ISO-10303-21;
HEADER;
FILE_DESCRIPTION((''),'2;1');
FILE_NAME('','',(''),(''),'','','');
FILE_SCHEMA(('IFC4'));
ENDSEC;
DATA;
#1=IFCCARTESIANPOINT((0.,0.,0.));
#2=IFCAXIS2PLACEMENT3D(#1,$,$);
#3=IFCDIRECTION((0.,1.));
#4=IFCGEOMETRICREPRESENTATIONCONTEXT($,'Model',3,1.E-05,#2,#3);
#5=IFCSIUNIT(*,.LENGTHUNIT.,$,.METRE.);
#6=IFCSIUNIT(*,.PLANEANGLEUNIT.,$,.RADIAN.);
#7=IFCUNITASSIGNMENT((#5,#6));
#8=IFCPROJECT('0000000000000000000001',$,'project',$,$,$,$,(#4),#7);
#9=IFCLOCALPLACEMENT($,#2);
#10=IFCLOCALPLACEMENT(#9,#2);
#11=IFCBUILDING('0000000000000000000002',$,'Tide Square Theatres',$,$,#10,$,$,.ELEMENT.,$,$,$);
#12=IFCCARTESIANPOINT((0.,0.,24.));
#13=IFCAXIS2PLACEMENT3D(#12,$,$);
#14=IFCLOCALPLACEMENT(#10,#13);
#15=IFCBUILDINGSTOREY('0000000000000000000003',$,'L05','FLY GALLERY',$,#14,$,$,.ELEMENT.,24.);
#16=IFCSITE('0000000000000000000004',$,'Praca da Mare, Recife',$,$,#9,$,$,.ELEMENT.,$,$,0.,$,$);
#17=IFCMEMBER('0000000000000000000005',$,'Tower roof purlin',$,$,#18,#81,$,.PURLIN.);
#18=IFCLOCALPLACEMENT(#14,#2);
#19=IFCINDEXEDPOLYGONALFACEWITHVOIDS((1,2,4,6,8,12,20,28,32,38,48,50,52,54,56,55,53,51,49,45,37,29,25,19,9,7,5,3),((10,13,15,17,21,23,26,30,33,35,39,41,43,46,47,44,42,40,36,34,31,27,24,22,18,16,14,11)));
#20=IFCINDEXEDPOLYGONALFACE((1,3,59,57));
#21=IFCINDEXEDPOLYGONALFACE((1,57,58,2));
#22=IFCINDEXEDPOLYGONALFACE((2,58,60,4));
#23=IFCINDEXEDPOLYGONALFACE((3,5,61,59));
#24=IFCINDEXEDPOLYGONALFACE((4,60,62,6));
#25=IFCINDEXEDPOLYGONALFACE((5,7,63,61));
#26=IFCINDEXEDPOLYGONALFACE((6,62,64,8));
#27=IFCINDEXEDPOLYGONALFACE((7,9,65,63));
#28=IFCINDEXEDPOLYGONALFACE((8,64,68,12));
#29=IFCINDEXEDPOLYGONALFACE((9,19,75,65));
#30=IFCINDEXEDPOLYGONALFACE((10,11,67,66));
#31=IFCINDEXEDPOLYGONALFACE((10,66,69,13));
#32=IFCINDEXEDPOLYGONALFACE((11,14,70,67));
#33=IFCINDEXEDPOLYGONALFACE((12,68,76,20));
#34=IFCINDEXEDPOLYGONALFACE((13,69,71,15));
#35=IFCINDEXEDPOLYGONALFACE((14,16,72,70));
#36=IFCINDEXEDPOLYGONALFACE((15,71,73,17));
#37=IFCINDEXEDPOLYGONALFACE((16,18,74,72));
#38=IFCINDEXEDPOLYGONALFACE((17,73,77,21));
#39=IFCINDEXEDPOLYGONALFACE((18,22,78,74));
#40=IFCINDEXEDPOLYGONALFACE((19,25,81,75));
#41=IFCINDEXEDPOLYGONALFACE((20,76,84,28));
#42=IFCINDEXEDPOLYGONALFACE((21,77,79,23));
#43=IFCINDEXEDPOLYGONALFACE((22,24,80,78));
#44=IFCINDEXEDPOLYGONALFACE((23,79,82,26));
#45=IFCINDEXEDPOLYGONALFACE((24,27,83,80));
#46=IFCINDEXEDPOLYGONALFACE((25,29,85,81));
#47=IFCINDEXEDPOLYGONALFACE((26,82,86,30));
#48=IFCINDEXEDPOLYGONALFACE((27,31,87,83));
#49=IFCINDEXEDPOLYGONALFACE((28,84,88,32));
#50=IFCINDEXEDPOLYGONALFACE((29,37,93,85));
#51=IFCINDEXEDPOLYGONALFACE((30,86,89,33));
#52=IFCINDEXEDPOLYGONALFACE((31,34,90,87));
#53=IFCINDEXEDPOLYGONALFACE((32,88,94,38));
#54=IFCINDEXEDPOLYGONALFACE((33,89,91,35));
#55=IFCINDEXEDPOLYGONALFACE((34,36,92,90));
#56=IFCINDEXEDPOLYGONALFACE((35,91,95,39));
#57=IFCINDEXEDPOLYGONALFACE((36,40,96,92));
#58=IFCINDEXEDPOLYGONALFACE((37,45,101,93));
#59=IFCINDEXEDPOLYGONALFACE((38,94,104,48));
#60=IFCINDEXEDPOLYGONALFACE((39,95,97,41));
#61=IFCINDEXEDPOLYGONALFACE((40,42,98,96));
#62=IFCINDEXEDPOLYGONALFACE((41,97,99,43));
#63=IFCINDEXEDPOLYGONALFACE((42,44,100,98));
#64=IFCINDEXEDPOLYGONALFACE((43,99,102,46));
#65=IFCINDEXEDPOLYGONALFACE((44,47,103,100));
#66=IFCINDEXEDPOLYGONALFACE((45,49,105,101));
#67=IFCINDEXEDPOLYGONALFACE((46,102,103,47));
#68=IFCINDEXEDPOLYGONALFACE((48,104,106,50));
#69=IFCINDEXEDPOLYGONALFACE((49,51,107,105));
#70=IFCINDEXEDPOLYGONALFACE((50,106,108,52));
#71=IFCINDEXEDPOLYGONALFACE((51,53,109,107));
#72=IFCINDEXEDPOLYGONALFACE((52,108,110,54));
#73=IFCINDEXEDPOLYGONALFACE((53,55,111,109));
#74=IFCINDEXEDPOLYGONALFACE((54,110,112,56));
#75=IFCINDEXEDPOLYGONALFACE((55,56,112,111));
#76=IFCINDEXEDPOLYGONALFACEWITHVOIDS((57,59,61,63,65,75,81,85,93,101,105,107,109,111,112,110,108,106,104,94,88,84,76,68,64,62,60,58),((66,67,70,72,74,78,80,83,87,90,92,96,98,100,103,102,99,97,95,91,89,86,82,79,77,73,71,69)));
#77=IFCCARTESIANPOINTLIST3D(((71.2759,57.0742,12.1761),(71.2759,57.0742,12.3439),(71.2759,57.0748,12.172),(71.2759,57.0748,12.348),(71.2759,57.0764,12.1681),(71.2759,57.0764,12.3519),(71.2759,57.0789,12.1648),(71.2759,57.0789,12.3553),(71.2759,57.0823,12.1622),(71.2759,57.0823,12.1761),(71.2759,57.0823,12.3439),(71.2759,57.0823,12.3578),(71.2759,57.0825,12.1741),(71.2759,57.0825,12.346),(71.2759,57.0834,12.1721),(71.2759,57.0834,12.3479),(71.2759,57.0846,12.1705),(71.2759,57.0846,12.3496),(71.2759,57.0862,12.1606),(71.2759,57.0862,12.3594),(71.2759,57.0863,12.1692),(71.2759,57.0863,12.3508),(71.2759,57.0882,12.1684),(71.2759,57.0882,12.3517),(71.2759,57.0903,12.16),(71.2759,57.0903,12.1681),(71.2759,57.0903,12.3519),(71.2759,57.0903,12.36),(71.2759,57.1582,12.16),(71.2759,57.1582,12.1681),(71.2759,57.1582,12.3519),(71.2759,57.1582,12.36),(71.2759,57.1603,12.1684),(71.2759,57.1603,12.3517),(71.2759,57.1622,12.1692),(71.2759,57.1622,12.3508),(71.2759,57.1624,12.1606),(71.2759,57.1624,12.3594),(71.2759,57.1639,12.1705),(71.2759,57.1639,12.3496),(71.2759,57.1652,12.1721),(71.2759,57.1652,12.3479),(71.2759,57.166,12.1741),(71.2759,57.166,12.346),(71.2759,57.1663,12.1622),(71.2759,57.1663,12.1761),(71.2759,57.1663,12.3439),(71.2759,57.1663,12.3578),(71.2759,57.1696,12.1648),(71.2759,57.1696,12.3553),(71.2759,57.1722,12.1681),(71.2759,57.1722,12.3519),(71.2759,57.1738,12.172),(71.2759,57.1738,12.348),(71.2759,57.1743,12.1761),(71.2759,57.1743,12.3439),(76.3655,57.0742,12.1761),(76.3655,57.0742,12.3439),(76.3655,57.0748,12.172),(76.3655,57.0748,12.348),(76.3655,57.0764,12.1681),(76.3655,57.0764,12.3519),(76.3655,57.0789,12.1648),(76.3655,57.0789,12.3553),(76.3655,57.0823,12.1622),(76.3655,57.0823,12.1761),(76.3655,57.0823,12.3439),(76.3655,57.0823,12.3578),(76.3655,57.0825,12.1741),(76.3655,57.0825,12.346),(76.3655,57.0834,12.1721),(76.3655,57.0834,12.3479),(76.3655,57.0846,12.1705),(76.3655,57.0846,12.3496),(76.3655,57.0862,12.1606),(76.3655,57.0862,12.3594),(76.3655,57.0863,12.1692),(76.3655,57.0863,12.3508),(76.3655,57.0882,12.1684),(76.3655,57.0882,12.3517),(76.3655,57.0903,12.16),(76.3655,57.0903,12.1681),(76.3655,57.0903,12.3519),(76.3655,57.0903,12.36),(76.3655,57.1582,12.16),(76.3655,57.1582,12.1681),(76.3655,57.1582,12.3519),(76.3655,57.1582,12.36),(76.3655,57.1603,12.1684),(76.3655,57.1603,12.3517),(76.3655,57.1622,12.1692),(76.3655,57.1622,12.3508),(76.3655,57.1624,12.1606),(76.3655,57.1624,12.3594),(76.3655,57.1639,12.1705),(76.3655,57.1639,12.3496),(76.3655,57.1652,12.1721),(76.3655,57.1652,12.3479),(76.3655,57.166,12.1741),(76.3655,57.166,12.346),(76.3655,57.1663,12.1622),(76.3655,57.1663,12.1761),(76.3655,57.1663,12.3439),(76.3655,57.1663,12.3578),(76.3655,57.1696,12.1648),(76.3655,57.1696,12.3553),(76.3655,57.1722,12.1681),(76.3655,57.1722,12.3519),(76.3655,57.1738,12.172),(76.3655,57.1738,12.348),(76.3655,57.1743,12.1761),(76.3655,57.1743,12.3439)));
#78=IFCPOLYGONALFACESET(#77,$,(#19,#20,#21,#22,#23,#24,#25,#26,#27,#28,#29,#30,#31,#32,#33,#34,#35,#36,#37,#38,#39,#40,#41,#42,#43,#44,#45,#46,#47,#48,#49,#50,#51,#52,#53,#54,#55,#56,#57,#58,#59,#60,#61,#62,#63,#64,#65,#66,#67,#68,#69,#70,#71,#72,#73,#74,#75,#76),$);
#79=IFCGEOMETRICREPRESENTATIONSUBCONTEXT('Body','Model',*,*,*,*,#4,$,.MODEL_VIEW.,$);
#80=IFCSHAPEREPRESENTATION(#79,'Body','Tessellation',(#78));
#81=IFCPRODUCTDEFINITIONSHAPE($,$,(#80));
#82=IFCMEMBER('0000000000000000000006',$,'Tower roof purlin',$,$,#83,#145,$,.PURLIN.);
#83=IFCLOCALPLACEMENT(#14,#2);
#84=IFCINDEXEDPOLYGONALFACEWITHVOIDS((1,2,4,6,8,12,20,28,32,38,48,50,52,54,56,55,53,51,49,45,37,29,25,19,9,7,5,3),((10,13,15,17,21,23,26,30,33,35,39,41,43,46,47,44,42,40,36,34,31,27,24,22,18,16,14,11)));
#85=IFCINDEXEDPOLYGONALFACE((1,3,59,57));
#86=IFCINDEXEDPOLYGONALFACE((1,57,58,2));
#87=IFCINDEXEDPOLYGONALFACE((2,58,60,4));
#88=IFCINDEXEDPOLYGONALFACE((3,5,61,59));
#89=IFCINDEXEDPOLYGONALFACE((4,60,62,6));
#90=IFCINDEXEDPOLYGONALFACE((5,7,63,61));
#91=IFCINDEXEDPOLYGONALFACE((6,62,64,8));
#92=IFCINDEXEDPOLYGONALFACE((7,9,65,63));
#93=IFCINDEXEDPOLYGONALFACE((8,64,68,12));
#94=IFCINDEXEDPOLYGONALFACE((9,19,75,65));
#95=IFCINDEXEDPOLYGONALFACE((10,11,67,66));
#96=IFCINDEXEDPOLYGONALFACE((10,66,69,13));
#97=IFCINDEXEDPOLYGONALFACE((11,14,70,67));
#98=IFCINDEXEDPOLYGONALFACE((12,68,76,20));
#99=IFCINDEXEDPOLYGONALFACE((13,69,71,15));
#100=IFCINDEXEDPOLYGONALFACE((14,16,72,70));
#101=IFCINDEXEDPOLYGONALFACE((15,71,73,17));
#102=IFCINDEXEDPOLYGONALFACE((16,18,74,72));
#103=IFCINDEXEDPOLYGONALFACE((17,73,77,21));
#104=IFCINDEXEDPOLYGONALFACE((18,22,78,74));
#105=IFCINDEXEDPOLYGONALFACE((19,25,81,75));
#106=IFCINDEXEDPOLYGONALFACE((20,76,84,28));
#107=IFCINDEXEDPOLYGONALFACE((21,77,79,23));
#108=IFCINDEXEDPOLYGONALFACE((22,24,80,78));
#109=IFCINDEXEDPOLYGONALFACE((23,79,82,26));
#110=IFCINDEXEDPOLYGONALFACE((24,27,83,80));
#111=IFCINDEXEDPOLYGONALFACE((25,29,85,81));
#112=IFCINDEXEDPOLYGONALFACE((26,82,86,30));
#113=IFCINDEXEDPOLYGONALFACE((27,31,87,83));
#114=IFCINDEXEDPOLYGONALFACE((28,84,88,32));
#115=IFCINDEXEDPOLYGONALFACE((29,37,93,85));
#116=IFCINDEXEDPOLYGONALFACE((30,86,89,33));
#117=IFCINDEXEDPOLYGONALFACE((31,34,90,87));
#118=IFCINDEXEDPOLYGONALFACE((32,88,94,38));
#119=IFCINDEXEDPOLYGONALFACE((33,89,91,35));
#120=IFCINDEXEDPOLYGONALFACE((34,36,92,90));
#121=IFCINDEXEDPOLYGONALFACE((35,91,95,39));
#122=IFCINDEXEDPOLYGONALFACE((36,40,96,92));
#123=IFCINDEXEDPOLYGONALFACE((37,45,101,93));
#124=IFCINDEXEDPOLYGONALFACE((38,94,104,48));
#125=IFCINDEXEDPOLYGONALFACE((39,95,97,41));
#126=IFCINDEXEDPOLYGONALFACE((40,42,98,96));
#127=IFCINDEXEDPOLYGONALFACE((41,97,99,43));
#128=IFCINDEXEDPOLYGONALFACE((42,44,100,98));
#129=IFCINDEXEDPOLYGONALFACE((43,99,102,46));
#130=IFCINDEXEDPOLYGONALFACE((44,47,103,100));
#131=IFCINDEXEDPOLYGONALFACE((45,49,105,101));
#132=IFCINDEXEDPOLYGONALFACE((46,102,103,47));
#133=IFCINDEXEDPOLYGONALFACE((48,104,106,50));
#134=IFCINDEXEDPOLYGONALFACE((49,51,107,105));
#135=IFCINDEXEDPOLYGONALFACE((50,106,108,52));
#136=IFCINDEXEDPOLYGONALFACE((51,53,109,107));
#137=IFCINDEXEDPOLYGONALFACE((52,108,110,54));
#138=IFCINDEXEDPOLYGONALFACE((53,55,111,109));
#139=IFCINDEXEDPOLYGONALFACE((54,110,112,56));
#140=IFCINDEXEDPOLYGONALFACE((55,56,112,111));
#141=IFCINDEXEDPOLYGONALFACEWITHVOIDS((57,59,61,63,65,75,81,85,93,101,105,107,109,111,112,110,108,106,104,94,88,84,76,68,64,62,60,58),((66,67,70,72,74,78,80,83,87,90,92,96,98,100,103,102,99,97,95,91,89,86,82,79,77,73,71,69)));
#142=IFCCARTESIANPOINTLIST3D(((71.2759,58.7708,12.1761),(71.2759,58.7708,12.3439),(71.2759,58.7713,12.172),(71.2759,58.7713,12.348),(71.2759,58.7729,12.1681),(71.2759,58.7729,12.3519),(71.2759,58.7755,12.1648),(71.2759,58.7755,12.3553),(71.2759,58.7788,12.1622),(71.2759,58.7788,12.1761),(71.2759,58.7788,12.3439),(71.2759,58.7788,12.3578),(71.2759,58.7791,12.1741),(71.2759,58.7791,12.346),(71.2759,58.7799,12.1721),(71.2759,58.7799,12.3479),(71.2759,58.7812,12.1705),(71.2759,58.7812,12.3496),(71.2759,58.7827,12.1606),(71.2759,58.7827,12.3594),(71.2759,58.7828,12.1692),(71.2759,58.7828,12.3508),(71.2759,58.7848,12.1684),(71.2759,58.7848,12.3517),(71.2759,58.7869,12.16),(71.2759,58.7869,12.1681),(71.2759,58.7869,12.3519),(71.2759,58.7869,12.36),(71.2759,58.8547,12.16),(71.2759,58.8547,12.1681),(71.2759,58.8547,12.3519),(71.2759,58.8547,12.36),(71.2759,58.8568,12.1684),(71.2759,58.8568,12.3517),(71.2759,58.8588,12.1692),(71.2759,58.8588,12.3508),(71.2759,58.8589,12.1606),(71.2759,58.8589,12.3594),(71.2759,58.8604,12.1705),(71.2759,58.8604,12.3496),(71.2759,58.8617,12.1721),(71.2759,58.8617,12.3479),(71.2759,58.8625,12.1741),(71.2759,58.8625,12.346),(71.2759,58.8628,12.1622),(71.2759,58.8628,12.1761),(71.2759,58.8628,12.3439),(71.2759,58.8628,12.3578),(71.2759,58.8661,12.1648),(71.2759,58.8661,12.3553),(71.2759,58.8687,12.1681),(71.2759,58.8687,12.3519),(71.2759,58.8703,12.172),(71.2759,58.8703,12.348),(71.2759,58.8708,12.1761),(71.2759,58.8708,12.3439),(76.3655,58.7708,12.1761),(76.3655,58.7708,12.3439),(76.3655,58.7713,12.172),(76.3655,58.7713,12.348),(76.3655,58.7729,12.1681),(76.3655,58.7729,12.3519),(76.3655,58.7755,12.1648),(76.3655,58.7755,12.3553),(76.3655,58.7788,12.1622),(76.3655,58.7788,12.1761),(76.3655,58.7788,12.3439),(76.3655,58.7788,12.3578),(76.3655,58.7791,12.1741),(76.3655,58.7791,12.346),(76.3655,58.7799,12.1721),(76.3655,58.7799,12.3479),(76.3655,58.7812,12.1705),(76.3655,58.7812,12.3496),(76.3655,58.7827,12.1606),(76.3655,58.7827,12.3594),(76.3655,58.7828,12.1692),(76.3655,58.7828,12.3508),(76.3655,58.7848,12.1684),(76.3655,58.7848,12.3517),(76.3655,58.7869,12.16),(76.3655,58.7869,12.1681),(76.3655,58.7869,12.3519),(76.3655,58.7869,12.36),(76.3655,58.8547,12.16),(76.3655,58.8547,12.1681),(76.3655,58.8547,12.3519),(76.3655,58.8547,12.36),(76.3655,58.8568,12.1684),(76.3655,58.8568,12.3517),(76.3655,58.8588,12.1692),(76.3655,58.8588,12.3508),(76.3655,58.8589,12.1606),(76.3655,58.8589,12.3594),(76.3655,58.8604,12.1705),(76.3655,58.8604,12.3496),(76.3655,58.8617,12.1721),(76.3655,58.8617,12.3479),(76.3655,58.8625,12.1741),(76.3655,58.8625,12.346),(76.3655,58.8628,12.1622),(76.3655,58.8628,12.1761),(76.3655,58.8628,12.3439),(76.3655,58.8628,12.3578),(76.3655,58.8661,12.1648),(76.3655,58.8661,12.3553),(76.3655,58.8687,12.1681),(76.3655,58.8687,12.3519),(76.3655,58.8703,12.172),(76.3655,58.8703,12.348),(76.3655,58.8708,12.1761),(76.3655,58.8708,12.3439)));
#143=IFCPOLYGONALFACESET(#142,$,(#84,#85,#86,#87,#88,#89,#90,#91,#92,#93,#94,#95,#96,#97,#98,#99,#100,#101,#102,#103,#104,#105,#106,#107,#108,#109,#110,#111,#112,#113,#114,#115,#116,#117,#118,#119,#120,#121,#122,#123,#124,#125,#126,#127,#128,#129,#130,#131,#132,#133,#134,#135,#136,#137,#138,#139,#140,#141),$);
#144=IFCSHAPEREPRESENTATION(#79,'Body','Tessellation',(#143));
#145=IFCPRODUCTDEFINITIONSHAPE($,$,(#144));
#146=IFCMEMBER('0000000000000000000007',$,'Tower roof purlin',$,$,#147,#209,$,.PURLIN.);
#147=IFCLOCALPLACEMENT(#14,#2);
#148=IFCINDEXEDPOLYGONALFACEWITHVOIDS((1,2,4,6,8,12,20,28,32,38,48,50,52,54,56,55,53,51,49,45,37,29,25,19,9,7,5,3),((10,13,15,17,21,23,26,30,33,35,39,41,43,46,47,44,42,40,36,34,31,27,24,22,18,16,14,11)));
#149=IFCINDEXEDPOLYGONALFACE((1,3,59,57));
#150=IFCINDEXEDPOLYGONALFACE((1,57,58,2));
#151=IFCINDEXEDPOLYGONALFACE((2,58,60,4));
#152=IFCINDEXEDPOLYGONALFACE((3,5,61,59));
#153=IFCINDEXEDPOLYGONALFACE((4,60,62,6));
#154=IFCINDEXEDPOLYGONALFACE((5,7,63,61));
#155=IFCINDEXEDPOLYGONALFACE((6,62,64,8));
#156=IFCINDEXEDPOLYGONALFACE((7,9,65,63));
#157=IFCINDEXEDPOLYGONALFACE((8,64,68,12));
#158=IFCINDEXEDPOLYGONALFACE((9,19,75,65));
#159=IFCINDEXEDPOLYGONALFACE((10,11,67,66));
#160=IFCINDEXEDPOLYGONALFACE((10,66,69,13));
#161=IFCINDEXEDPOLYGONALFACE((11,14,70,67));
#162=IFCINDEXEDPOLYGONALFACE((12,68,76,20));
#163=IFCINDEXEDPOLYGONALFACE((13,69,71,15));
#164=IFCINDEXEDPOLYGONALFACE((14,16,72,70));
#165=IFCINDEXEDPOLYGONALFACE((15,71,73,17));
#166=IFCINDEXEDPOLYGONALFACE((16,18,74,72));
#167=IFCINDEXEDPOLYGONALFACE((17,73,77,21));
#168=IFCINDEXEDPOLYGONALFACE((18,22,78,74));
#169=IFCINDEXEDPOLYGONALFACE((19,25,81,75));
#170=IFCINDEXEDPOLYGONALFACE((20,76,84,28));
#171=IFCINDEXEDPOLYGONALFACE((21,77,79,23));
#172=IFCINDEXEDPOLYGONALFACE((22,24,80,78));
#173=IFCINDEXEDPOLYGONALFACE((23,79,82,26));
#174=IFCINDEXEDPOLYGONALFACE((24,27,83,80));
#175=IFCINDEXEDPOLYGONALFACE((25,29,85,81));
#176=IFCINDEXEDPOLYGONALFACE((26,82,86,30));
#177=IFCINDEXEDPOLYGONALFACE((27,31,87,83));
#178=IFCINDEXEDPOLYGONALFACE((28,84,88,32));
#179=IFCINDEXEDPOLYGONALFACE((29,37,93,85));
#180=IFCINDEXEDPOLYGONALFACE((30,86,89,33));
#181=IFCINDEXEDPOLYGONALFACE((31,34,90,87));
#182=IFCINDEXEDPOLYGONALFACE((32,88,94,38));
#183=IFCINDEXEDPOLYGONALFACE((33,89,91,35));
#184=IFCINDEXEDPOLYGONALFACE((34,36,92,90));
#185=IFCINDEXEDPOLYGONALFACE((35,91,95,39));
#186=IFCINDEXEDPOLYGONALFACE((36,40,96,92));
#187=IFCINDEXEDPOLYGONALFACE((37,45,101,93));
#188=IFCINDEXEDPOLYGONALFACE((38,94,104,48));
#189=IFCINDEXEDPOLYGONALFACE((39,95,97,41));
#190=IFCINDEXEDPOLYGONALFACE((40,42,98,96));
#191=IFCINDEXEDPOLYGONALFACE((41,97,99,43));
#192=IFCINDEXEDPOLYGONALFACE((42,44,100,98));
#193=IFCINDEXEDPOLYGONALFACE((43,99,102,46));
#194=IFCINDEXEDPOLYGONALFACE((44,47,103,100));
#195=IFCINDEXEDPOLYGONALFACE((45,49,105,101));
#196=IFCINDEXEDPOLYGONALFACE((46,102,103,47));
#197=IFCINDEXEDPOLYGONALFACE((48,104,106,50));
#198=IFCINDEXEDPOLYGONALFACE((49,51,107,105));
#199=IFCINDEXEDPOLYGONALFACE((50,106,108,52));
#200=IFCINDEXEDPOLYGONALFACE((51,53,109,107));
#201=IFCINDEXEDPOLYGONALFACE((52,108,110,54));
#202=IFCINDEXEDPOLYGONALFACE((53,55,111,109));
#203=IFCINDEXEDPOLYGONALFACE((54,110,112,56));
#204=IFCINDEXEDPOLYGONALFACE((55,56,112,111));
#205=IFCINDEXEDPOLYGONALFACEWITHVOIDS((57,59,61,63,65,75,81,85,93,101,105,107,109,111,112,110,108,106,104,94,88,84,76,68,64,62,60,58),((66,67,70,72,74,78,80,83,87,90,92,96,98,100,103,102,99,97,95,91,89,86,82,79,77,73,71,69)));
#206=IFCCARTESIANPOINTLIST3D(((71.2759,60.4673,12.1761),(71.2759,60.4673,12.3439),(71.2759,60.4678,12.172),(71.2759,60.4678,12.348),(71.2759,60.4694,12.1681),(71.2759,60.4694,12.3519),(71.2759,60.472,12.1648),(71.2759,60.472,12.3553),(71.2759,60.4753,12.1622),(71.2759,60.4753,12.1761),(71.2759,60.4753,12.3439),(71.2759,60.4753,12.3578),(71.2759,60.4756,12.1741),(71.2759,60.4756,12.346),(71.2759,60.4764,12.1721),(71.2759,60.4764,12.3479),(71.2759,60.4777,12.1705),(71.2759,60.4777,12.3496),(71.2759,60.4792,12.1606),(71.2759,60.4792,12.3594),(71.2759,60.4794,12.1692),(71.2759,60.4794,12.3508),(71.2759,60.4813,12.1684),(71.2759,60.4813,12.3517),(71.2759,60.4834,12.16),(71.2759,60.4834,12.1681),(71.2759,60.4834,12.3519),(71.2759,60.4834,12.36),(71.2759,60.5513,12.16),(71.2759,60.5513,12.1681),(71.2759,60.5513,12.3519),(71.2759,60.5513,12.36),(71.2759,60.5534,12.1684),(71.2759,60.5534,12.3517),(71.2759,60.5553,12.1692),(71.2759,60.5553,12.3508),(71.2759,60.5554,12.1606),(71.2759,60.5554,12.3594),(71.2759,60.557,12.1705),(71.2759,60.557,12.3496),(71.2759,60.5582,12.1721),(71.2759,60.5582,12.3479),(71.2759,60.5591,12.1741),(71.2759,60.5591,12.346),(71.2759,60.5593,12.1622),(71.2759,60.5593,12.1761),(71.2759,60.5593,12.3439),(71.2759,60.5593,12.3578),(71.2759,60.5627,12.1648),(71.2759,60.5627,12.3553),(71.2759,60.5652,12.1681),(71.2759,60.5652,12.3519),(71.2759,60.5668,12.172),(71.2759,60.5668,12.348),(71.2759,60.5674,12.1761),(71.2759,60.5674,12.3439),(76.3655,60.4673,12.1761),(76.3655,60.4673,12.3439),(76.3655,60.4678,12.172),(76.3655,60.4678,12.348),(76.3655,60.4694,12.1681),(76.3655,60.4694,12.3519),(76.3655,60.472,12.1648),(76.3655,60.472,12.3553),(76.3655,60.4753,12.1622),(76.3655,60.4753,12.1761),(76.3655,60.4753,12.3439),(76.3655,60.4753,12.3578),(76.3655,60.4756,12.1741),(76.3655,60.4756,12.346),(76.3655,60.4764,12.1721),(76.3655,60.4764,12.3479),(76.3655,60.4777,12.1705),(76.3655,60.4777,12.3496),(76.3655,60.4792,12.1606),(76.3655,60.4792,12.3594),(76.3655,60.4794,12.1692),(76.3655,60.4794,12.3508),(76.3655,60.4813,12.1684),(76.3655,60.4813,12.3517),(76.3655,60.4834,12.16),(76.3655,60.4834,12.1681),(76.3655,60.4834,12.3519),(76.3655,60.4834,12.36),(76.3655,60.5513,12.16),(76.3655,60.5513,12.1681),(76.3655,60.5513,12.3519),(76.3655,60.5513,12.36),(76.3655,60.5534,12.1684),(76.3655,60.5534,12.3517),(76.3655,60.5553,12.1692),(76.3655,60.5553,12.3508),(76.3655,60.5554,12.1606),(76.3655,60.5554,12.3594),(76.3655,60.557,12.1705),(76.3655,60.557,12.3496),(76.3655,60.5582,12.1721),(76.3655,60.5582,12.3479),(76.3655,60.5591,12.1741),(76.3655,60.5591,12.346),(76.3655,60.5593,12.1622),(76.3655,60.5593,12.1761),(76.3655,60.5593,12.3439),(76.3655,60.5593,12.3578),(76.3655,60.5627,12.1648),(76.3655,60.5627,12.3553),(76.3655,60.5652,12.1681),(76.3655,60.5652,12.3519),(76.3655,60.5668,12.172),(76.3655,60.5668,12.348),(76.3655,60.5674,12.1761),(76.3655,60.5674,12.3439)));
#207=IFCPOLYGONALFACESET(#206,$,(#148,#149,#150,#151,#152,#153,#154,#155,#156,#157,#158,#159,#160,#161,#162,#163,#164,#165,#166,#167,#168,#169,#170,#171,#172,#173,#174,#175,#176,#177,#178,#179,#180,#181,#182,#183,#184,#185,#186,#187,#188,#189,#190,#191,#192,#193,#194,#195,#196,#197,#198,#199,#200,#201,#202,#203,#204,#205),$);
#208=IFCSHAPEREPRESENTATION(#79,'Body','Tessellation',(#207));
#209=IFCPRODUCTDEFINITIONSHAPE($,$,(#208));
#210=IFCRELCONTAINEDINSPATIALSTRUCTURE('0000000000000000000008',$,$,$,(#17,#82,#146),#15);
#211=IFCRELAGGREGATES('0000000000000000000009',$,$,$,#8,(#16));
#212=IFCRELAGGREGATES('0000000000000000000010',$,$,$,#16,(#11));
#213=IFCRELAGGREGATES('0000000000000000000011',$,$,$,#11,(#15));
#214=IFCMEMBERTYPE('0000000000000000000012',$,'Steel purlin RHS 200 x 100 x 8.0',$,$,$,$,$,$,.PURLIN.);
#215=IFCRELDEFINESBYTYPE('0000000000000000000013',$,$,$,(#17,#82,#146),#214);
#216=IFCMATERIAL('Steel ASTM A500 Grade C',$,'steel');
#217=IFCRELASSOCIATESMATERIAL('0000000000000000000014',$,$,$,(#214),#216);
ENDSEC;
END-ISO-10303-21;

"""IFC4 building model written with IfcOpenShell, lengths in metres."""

from ifc_helpers import new_model, si_unit, direction, frame, origin, origin_2d, place, context, subcontext, project, spatial, hollow_rectangle, extrude, material, material_profile, profile_set, type_object, element, save


model = new_model("IFC4")

# Units and contexts
model_context = context("Model", 3, precision=1e-05, world=origin(), true_north=direction((0.0, 1.0)))
body_context = subcontext(model_context, "Body", "Model", "MODEL_VIEW")
ifc_project = project(units=[si_unit("LENGTHUNIT", "METRE"), si_unit("PLANEANGLEUNIT", "RADIAN")], contexts=[model_context])

# Site, building, storey
site_placement = place(None, origin())
site = spatial("IfcSite", under=ifc_project, at=site_placement, Name="Praca da Mare, Recife", CompositionType="ELEMENT", RefElevation=0.0)
building_placement = place(site_placement, origin())
building = spatial("IfcBuilding", under=site, at=building_placement, Name="Tide Square Theatres", CompositionType="ELEMENT")
storey_placement = place(building_placement, frame((0.0, 0.0, 24.0)))
storey = spatial("IfcBuildingStorey", under=building, at=storey_placement, Name="L05", Description="FLY GALLERY", CompositionType="ELEMENT", Elevation=24.0)

# Members
ifc_material_1 = material(Name="Steel ASTM A500 Grade C", Category="steel")
ifc_material_profile_1 = material_profile(ifc_material_1, hollow_rectangle(XDim=0.1001, YDim=0.2, WallThickness=0.0081, InnerFilletRadius=0.0081, OuterFilletRadius=0.0161, at=origin_2d()))
ifc_profile_set_1 = profile_set([ifc_material_profile_1], Name="Steel ASTM A500 Grade C")
member_type_1 = type_object("IfcMemberType", Name="Steel purlin RHS 200 x 100 x 8.0", PredefinedType="PURLIN", material=ifc_profile_set_1)
for number, where, z_axis, x_axis, name in (
    (1, (71.2759, 57.1243, 12.26), (1.0, 0.0, 0.0), (0.0, 1.0, 0.0), "Tower roof purlin"),
    (2, (71.2759, 58.8208, 12.26), (1.0, 0.0, 0.0), (0.0, 1.0, 0.0), "Tower roof purlin"),
    (3, (71.2759, 60.5173, 12.26), (1.0, 0.0, 0.0), (0.0, 1.0, 0.0), "Tower roof purlin"),
):
    element("IfcMember", number, at=place(storey_placement, frame(where, z_axis=z_axis, x_axis=x_axis)), inside=storey, type_object=member_type_1, Name=name, PredefinedType="PURLIN", context=body_context, shape_type="SweptSolid", body=[
        extrude(hollow_rectangle(XDim=0.1001, YDim=0.2, WallThickness=0.0081, InnerFilletRadius=0.0081, OuterFilletRadius=0.0161, at=origin_2d()), origin(), (0.0, 0.0, 1.0), 5.0896),
    ])

save(model, "model.ifc")
